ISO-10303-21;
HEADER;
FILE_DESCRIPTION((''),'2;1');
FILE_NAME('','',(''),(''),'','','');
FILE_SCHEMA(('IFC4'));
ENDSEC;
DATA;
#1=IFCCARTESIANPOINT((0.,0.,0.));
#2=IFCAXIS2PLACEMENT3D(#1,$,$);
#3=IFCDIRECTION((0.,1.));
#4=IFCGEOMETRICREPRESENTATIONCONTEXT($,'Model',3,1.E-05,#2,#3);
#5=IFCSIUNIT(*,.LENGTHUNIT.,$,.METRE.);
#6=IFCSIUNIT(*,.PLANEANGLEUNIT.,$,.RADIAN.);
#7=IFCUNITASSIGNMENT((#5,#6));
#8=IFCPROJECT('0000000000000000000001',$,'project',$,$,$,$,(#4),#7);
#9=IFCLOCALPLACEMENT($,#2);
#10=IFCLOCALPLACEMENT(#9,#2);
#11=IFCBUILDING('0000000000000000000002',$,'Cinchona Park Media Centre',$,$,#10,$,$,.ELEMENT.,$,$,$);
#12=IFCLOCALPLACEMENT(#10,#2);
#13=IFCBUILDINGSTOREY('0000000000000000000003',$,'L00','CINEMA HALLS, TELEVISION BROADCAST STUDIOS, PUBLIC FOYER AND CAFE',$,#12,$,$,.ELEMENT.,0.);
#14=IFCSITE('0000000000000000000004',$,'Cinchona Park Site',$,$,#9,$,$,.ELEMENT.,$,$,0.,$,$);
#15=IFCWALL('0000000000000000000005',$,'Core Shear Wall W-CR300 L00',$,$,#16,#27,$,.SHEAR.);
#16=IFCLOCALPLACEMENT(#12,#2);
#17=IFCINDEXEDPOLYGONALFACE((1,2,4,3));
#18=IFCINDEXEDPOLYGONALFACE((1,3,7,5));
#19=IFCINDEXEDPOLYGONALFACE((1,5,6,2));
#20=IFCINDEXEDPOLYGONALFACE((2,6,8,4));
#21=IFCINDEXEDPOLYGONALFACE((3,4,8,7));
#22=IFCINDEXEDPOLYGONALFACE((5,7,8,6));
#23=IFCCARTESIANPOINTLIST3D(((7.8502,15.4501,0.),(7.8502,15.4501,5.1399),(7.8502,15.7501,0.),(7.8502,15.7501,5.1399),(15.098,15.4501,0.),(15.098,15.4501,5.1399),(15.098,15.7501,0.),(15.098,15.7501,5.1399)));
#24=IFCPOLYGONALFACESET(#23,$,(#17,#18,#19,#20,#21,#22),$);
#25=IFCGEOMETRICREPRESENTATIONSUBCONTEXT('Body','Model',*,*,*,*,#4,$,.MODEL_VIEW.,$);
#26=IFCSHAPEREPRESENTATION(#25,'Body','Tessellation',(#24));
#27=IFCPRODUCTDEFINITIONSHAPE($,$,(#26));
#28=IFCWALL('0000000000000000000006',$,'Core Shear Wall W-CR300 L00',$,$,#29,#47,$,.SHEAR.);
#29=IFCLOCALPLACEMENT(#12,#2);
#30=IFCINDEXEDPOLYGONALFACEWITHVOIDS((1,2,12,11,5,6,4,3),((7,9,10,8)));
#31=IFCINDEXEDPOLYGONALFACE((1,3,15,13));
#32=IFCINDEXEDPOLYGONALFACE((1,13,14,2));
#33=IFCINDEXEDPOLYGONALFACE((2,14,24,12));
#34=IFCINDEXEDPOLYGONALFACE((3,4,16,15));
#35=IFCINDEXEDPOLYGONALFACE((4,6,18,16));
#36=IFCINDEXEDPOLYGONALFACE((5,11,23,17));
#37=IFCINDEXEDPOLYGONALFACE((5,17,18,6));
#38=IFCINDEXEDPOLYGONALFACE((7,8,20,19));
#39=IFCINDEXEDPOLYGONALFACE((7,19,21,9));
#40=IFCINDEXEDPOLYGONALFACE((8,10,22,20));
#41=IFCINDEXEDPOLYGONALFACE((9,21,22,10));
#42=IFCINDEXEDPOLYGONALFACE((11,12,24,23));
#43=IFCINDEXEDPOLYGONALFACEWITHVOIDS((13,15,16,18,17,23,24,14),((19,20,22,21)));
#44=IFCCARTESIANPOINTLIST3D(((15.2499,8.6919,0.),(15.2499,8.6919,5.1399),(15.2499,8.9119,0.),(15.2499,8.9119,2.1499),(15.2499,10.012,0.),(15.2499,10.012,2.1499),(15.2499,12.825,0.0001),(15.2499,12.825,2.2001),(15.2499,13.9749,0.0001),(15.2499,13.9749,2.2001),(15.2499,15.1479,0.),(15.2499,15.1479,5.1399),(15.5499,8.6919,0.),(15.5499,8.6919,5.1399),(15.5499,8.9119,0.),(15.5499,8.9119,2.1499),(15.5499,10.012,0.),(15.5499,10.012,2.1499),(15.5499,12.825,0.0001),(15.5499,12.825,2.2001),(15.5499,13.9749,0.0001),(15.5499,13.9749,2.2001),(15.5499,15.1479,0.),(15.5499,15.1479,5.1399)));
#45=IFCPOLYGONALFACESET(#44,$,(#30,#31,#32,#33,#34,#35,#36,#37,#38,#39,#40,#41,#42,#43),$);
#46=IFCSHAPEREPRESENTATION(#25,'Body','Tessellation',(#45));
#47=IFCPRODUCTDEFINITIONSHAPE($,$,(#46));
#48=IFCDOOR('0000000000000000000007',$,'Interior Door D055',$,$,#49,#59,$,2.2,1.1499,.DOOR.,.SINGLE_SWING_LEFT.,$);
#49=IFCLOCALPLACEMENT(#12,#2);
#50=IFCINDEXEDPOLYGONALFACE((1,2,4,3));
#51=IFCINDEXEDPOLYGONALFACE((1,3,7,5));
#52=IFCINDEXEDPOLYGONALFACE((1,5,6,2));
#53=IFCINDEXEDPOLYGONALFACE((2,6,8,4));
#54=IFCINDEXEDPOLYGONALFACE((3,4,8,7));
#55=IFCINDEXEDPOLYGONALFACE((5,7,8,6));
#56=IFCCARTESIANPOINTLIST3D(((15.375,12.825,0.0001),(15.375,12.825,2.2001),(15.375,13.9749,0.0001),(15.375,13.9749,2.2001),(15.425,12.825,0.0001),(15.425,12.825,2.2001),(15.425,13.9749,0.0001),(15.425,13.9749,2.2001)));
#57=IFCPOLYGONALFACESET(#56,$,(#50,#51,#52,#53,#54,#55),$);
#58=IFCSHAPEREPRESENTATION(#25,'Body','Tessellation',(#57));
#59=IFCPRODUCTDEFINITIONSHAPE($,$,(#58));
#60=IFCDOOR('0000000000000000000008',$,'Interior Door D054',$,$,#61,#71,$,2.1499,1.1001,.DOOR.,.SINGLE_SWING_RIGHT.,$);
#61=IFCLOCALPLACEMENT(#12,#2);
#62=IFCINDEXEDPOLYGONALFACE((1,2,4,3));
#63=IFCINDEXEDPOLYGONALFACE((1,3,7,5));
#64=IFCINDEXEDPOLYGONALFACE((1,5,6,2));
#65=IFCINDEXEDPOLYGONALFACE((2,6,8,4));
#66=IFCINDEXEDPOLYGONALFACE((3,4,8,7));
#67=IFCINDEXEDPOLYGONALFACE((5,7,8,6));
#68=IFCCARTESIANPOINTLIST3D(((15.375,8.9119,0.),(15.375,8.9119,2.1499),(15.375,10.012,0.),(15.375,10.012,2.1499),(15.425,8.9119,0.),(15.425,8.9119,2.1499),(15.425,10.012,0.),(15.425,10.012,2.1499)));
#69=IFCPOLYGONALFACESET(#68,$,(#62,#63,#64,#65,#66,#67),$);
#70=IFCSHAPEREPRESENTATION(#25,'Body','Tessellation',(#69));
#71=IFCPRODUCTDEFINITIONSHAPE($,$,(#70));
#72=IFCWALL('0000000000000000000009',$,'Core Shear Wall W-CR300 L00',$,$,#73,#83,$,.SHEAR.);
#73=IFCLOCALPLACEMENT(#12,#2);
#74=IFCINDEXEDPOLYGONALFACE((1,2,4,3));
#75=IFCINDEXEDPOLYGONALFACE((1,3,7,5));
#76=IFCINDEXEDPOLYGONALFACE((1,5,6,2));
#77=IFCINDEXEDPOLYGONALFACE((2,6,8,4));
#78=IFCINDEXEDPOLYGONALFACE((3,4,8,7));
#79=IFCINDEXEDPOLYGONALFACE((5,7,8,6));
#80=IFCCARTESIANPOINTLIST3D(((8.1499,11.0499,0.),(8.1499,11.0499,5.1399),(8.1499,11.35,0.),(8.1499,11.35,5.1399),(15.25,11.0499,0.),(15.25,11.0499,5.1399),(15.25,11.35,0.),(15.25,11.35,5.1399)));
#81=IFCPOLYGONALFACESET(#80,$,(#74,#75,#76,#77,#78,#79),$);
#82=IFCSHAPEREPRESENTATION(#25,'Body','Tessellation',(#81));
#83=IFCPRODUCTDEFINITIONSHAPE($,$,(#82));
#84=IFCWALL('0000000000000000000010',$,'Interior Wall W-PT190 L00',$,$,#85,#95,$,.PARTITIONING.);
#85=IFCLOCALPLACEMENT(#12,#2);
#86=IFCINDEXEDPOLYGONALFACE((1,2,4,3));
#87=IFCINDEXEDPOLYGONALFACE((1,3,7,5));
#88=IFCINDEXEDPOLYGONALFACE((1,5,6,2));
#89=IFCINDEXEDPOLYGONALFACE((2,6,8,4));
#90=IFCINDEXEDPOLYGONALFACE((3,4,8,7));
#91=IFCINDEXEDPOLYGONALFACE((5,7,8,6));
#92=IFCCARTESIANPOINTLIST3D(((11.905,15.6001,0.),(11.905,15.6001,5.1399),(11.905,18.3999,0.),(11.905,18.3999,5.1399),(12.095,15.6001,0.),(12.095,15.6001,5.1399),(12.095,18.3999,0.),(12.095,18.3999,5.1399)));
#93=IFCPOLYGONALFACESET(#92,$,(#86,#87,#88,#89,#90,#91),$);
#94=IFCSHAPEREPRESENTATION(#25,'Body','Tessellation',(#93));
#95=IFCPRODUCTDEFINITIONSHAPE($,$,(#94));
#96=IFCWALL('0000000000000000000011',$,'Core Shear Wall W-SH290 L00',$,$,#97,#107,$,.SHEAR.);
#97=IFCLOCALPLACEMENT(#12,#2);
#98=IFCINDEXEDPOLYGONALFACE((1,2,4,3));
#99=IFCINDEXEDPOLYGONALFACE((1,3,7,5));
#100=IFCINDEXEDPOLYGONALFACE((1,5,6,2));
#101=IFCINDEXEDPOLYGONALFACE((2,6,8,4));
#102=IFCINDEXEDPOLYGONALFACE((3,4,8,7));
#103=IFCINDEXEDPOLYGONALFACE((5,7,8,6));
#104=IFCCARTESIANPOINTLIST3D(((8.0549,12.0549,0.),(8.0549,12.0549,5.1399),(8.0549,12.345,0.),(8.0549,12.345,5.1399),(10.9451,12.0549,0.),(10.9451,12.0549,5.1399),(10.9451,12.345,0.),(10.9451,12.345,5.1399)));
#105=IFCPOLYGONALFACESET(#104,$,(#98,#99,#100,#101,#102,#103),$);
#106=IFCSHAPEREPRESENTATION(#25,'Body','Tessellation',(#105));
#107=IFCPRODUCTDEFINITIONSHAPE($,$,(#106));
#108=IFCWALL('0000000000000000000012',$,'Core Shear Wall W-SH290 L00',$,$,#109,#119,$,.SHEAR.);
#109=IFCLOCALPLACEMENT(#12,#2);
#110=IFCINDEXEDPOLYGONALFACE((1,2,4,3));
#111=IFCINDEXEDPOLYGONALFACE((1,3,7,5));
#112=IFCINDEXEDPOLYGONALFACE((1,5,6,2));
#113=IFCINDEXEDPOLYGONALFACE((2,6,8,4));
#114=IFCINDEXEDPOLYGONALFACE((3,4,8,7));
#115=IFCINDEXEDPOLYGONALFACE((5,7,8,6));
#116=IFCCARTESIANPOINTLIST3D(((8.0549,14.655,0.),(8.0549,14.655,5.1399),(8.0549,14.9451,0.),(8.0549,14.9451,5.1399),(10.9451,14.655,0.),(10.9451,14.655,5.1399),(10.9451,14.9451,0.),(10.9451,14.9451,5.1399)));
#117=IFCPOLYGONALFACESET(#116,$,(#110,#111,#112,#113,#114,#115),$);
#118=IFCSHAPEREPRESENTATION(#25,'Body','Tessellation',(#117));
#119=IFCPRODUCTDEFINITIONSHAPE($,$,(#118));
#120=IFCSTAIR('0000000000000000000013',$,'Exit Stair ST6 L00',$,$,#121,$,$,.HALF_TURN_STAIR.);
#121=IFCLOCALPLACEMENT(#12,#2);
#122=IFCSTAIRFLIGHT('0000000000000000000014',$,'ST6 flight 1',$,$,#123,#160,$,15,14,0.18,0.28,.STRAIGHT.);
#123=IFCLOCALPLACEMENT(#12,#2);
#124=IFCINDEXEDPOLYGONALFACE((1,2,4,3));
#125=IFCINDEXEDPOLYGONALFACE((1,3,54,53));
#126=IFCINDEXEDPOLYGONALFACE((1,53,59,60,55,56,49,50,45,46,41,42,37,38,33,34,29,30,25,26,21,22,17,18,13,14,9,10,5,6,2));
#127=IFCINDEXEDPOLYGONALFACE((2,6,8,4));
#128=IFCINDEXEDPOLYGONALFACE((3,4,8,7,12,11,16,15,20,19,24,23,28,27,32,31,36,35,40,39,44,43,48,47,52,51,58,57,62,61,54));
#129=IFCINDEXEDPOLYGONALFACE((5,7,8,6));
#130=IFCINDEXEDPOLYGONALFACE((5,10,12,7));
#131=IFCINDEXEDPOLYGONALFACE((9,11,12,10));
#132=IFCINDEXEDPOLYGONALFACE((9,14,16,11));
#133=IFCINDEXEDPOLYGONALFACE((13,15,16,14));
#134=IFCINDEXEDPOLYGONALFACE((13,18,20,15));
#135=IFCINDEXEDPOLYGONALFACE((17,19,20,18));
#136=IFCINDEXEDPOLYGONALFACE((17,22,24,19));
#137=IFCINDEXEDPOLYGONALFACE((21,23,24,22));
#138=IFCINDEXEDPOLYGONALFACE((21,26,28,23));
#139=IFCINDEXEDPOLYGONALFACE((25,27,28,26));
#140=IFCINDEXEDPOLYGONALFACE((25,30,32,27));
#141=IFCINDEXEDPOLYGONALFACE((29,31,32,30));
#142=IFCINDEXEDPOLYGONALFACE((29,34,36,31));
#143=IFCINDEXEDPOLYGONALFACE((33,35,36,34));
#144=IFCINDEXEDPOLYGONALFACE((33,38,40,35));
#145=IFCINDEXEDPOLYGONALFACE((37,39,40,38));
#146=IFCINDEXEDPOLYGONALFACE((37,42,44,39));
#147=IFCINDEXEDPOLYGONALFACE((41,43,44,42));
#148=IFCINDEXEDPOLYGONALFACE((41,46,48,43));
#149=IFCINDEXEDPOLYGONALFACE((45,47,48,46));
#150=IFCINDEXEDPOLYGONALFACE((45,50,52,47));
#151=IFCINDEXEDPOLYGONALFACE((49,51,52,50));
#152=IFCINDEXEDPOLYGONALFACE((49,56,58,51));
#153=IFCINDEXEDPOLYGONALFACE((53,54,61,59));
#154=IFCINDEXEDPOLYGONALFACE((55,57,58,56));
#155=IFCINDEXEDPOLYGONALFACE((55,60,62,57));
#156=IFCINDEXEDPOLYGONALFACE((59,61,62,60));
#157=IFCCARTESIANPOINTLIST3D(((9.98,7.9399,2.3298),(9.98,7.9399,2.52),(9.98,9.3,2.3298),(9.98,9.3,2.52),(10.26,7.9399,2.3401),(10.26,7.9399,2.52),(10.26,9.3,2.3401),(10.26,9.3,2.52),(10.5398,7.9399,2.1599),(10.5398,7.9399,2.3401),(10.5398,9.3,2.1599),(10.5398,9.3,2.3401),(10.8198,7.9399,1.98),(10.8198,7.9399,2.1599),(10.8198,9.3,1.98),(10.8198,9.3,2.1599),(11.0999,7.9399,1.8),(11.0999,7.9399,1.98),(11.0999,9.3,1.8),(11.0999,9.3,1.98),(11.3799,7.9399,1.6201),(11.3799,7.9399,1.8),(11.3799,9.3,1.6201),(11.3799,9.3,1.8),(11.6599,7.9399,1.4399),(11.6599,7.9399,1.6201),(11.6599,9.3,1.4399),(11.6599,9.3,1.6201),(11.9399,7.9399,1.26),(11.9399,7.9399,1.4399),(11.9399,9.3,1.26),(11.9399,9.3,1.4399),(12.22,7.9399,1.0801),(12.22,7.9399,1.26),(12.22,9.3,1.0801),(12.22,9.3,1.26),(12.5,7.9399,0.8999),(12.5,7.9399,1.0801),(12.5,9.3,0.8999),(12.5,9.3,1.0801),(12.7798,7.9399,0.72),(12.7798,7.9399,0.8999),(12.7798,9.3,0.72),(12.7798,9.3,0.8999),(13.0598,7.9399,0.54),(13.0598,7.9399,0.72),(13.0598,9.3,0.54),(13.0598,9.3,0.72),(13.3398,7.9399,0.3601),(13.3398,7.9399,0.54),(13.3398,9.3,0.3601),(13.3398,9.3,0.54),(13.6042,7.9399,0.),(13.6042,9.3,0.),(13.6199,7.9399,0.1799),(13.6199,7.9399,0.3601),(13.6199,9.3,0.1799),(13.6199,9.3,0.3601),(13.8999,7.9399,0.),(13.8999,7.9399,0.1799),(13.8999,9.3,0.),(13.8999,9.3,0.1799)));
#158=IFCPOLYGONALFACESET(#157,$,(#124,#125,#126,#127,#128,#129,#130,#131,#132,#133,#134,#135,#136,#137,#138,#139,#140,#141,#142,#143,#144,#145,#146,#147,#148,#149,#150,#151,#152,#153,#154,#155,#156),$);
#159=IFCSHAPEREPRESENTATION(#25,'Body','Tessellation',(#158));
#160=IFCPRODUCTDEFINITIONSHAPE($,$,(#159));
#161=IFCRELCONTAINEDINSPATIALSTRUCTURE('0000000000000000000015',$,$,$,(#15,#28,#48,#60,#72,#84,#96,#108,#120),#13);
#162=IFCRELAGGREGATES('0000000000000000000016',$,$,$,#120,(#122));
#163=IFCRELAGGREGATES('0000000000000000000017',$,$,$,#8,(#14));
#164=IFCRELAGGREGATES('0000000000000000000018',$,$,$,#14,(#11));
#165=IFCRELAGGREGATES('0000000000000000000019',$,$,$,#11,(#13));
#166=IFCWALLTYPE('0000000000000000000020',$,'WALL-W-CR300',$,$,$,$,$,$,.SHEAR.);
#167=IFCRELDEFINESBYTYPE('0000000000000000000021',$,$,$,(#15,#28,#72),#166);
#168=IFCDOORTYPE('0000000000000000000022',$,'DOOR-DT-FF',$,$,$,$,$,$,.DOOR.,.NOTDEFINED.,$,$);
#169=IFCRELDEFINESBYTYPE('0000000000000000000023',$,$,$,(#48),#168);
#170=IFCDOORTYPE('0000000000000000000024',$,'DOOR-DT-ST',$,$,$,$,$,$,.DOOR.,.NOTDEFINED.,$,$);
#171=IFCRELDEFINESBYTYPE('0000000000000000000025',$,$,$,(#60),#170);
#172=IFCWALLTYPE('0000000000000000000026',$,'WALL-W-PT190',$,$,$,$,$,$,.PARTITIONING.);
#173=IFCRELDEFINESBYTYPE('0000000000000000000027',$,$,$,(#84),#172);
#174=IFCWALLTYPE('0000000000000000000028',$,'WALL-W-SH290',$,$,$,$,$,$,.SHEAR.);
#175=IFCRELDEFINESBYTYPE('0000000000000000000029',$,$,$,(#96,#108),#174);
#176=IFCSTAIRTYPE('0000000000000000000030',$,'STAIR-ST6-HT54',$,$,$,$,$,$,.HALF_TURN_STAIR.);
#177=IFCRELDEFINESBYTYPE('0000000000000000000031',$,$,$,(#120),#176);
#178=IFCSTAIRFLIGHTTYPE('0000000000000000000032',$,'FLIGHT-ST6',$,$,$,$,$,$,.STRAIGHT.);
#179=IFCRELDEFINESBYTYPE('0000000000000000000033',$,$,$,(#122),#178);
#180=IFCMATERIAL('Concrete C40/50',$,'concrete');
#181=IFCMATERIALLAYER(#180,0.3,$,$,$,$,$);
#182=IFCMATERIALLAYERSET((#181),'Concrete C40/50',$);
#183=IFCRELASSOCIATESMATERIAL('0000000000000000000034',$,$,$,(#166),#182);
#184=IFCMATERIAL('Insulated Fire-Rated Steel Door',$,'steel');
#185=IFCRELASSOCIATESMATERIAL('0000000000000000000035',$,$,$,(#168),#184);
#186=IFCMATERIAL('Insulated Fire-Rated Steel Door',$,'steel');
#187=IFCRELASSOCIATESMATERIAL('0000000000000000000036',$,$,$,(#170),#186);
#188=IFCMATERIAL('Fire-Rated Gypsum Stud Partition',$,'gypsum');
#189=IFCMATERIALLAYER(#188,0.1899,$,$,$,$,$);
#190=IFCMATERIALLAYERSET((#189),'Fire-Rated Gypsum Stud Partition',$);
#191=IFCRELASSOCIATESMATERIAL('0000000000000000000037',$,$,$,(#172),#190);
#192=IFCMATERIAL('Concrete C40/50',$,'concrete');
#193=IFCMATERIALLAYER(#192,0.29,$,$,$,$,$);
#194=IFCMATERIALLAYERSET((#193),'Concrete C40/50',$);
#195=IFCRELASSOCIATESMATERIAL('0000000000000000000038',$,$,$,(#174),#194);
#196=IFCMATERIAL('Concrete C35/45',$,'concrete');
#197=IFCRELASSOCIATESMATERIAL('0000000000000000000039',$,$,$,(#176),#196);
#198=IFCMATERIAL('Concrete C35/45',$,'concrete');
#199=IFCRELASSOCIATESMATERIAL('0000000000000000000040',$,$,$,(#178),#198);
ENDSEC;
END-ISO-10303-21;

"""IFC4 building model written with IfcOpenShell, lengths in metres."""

from ifc_helpers import new_model, si_unit, direction, frame, frame_2d, origin, place, context, subcontext, project, spatial, polyline, rectangle, outline, extrude, material, layer, layer_set, type_object, element, fill, aggregate, save


model = new_model("IFC4")

# Units and contexts
model_context = context("Model", 3, precision=1e-05, world=origin(), true_north=direction((0.0, 1.0)))
body_context = subcontext(model_context, "Body", "Model", "MODEL_VIEW")
ifc_project = project(units=[si_unit("LENGTHUNIT", "METRE"), si_unit("PLANEANGLEUNIT", "RADIAN")], contexts=[model_context])

# Site, building, storey
site_placement = place(None, origin())
site = spatial("IfcSite", under=ifc_project, at=site_placement, Name="Cinchona Park Site", CompositionType="ELEMENT", RefElevation=0.0)
building_placement = place(site_placement, origin())
building = spatial("IfcBuilding", under=site, at=building_placement, Name="Cinchona Park Media Centre", CompositionType="ELEMENT")
storey_placement = place(building_placement, origin())
storey = spatial("IfcBuildingStorey", under=building, at=storey_placement, Name="L00", Description="CINEMA HALLS, TELEVISION BROADCAST STUDIOS, PUBLIC FOYER AND CAFE", CompositionType="ELEMENT", Elevation=0.0)

# Wall
ifc_material_1 = material(Name="Concrete C40/50", Category="concrete")
ifc_layer_1 = layer(ifc_material_1, 0.3)
ifc_layer_set_1 = layer_set([ifc_layer_1], Name="Concrete C40/50")
wall_type_1 = type_object("IfcWallType", Name="WALL-W-CR300", PredefinedType="SHEAR", material=ifc_layer_set_1)
wall_1_placement = place(storey_placement, frame((7.8501, 15.6001, 0.0), z_axis=(0.0, 0.0, 1.0), x_axis=(1.0, 0.0, 0.0)))
element("IfcWall", 1, at=wall_1_placement, inside=storey, type_object=wall_type_1, Name="Core Shear Wall W-CR300 L00", PredefinedType="SHEAR", context=body_context, shape_type="SweptSolid", body=[
    extrude(rectangle(XDim=7.2478, YDim=0.3, at=frame_2d((3.624, 0.0))), origin(), (0.0, 0.0, 1.0), 5.1399),
])

# Wall, openings, doors
wall_2_placement = place(storey_placement, frame((15.3999, 8.6919, 0.0), z_axis=(0.0, 0.0, 1.0), x_axis=(0.0, 1.0, 0.0)))
wall_2 = element("IfcWall", 2, at=wall_2_placement, inside=storey, type_object=wall_type_1, Name="Core Shear Wall W-CR300 L00", PredefinedType="SHEAR", context=body_context, shape_type="SweptSolid", body=[
    extrude(rectangle(XDim=6.4561, YDim=0.3, at=frame_2d((3.228, 0.0))), origin(), (0.0, 0.0, 1.0), 5.1399),
])
opening_1_placement = place(wall_2_placement, frame((0.22, 0.0, 0.0)))
opening_1 = element("IfcOpeningElement", 3, at=opening_1_placement, cuts=wall_2, PredefinedType="OPENING", context=body_context, shape_type="SweptSolid", body=[
    extrude(rectangle(XDim=1.1001, YDim=2.1499, at=frame_2d((0.55, 1.075))), frame((0.0, 0.1599, 0.0), z_axis=(0.0, -1.0, 0.0), x_axis=(1.0, 0.0, 0.0)), (0.0, 0.0, 1.0), 0.3201),
])
opening_2_placement = place(wall_2_placement, frame((4.1331, 0.0, 0.0)))
opening_2 = element("IfcOpeningElement", 4, at=opening_2_placement, cuts=wall_2, PredefinedType="OPENING", context=body_context, shape_type="SweptSolid", body=[
    extrude(rectangle(XDim=1.1499, YDim=2.2, at=frame_2d((0.575, 1.1001))), frame((0.0, 0.1599, 0.0), z_axis=(0.0, -1.0, 0.0), x_axis=(1.0, 0.0, 0.0)), (0.0, 0.0, 1.0), 0.3201),
])
ifc_material_2 = material(Name="Insulated Fire-Rated Steel Door", Category="steel")
door_type_1 = type_object("IfcDoorType", Name="DOOR-DT-FF", OperationType="NOTDEFINED", PredefinedType="DOOR", material=ifc_material_2)
door_1_placement = place(opening_2_placement, origin())
door_1 = element("IfcDoor", 5, at=door_1_placement, inside=storey, type_object=door_type_1, Name="Interior Door D055", OperationType="SINGLE_SWING_LEFT", OverallHeight=2.2, OverallWidth=1.1499, PredefinedType="DOOR", context=body_context, shape_type="SweptSolid", body=[
    extrude(rectangle(XDim=1.1499, YDim=2.2, at=frame_2d((0.575, 1.1001))), frame((0.0, 0.0249, 0.0), z_axis=(0.0, -1.0, 0.0), x_axis=(1.0, 0.0, 0.0)), (0.0, 0.0, 1.0), 0.05),
])
fill(opening_2, door_1)
ifc_material_3 = material(Name="Insulated Fire-Rated Steel Door", Category="steel")
door_type_2 = type_object("IfcDoorType", Name="DOOR-DT-ST", OperationType="NOTDEFINED", PredefinedType="DOOR", material=ifc_material_3)
door_2_placement = place(opening_1_placement, origin())
door_2 = element("IfcDoor", 6, at=door_2_placement, inside=storey, type_object=door_type_2, Name="Interior Door D054", OperationType="SINGLE_SWING_RIGHT", OverallHeight=2.1499, OverallWidth=1.1001, PredefinedType="DOOR", context=body_context, shape_type="SweptSolid", body=[
    extrude(rectangle(XDim=1.1001, YDim=2.1499, at=frame_2d((0.55, 1.075))), frame((0.0, 0.0249, 0.0), z_axis=(0.0, -1.0, 0.0), x_axis=(1.0, 0.0, 0.0)), (0.0, 0.0, 1.0), 0.05),
])
fill(opening_1, door_2)

# Walls
wall_3_placement = place(storey_placement, frame((8.1499, 11.2, 0.0), z_axis=(0.0, 0.0, 1.0), x_axis=(1.0, 0.0, 0.0)))
element("IfcWall", 7, at=wall_3_placement, inside=storey, type_object=wall_type_1, Name="Core Shear Wall W-CR300 L00", PredefinedType="SHEAR", context=body_context, shape_type="SweptSolid", body=[
    extrude(rectangle(XDim=7.1001, YDim=0.3, at=frame_2d((3.55, 0.0))), origin(), (0.0, 0.0, 1.0), 5.1399),
])
ifc_material_4 = material(Name="Fire-Rated Gypsum Stud Partition", Category="gypsum")
ifc_layer_2 = layer(ifc_material_4, 0.1899)
ifc_layer_set_2 = layer_set([ifc_layer_2], Name="Fire-Rated Gypsum Stud Partition")
wall_type_2 = type_object("IfcWallType", Name="WALL-W-PT190", PredefinedType="PARTITIONING", material=ifc_layer_set_2)
wall_4_placement = place(storey_placement, frame((12.0, 15.6001, 0.0), z_axis=(0.0, 0.0, 1.0), x_axis=(0.0, 1.0, 0.0)))
element("IfcWall", 8, at=wall_4_placement, inside=storey, type_object=wall_type_2, Name="Interior Wall W-PT190 L00", PredefinedType="PARTITIONING", context=body_context, shape_type="SweptSolid", body=[
    extrude(rectangle(XDim=2.7998, YDim=0.1899, at=frame_2d((1.3999, 0.0))), origin(), (0.0, 0.0, 1.0), 5.1399),
])
ifc_material_5 = material(Name="Concrete C40/50", Category="concrete")
ifc_layer_3 = layer(ifc_material_5, 0.29)
ifc_layer_set_3 = layer_set([ifc_layer_3], Name="Concrete C40/50")
wall_type_3 = type_object("IfcWallType", Name="WALL-W-SH290", PredefinedType="SHEAR", material=ifc_layer_set_3)
for number, where, z_axis, x_axis, name in (
    (9, (8.0549, 12.2, 0.0), (0.0, 0.0, 1.0), (1.0, 0.0, 0.0), "Core Shear Wall W-SH290 L00"),
    (10, (8.0549, 14.8, 0.0), (0.0, 0.0, 1.0), (1.0, 0.0, 0.0), "Core Shear Wall W-SH290 L00"),
):
    element("IfcWall", number, at=place(storey_placement, frame(where, z_axis=z_axis, x_axis=x_axis)), inside=storey, type_object=wall_type_3, Name=name, PredefinedType="SHEAR", context=body_context, shape_type="SweptSolid", body=[
        extrude(rectangle(XDim=2.8901, YDim=0.29, at=frame_2d((1.4451, 0.0))), origin(), (0.0, 0.0, 1.0), 5.1399),
    ])

# Stair, stair flight
ifc_material_6 = material(Name="Concrete C35/45", Category="concrete")
stair_type = type_object("IfcStairType", Name="STAIR-ST6-HT54", PredefinedType="HALF_TURN_STAIR", material=ifc_material_6)
stair_placement = place(storey_placement, origin())
stair = element("IfcStair", 11, at=stair_placement, inside=storey, type_object=stair_type, Name="Exit Stair ST6 L00", PredefinedType="HALF_TURN_STAIR")
ifc_material_7 = material(Name="Concrete C35/45", Category="concrete")
stair_flight_type = type_object("IfcStairFlightType", Name="FLIGHT-ST6", PredefinedType="STRAIGHT", material=ifc_material_7)
stair_flight_1_placement = place(storey_placement, frame((13.8999, 8.6201, 0.0), z_axis=(0.0, 0.0, 1.0), x_axis=(-1.0, 0.0, 0.0)))
stair_flight_1 = element("IfcStairFlight", 12, at=stair_flight_1_placement, type_object=stair_flight_type, Name="ST6 flight 1", NumberOfRisers=15, NumberOfTreads=14, PredefinedType="STRAIGHT", RiserHeight=0.18, TreadLength=0.28, context=body_context, shape_type="SweptSolid", body=[
    extrude(outline(polyline([(0.0, 0.0), (0.0, 0.1799), (0.28, 0.1799), (0.28, 0.3601), (0.5601, 0.3601), (0.5601, 0.54), (0.8401, 0.54), (0.8401, 0.72), (1.1201, 0.72), (1.1201, 0.8999), (1.3999, 0.8999), (1.3999, 1.0801), (1.6799, 1.0801), (1.6799, 1.26), (1.96, 1.26), (1.96, 1.4399), (2.24, 1.4399), (2.24, 1.6201), (2.52, 1.6201), (2.52, 1.8), (2.8, 1.8), (2.8, 1.98), (3.0801, 1.98), (3.0801, 2.1599), (3.3601, 2.1599), (3.3601, 2.3401), (3.6399, 2.3401), (3.6399, 2.52), (3.9199, 2.52), (3.9199, 2.7), (3.9199, 2.3298), (0.2957, 0.0), (0.0, 0.0)])), frame((0.0, 0.6802, 0.0), z_axis=(0.0, -1.0, 0.0), x_axis=(1.0, 0.0, 0.0)), (0.0, 0.0, 1.0), 1.3601),
])
aggregate(stair, [stair_flight_1])

save(model, "model.ifc")
